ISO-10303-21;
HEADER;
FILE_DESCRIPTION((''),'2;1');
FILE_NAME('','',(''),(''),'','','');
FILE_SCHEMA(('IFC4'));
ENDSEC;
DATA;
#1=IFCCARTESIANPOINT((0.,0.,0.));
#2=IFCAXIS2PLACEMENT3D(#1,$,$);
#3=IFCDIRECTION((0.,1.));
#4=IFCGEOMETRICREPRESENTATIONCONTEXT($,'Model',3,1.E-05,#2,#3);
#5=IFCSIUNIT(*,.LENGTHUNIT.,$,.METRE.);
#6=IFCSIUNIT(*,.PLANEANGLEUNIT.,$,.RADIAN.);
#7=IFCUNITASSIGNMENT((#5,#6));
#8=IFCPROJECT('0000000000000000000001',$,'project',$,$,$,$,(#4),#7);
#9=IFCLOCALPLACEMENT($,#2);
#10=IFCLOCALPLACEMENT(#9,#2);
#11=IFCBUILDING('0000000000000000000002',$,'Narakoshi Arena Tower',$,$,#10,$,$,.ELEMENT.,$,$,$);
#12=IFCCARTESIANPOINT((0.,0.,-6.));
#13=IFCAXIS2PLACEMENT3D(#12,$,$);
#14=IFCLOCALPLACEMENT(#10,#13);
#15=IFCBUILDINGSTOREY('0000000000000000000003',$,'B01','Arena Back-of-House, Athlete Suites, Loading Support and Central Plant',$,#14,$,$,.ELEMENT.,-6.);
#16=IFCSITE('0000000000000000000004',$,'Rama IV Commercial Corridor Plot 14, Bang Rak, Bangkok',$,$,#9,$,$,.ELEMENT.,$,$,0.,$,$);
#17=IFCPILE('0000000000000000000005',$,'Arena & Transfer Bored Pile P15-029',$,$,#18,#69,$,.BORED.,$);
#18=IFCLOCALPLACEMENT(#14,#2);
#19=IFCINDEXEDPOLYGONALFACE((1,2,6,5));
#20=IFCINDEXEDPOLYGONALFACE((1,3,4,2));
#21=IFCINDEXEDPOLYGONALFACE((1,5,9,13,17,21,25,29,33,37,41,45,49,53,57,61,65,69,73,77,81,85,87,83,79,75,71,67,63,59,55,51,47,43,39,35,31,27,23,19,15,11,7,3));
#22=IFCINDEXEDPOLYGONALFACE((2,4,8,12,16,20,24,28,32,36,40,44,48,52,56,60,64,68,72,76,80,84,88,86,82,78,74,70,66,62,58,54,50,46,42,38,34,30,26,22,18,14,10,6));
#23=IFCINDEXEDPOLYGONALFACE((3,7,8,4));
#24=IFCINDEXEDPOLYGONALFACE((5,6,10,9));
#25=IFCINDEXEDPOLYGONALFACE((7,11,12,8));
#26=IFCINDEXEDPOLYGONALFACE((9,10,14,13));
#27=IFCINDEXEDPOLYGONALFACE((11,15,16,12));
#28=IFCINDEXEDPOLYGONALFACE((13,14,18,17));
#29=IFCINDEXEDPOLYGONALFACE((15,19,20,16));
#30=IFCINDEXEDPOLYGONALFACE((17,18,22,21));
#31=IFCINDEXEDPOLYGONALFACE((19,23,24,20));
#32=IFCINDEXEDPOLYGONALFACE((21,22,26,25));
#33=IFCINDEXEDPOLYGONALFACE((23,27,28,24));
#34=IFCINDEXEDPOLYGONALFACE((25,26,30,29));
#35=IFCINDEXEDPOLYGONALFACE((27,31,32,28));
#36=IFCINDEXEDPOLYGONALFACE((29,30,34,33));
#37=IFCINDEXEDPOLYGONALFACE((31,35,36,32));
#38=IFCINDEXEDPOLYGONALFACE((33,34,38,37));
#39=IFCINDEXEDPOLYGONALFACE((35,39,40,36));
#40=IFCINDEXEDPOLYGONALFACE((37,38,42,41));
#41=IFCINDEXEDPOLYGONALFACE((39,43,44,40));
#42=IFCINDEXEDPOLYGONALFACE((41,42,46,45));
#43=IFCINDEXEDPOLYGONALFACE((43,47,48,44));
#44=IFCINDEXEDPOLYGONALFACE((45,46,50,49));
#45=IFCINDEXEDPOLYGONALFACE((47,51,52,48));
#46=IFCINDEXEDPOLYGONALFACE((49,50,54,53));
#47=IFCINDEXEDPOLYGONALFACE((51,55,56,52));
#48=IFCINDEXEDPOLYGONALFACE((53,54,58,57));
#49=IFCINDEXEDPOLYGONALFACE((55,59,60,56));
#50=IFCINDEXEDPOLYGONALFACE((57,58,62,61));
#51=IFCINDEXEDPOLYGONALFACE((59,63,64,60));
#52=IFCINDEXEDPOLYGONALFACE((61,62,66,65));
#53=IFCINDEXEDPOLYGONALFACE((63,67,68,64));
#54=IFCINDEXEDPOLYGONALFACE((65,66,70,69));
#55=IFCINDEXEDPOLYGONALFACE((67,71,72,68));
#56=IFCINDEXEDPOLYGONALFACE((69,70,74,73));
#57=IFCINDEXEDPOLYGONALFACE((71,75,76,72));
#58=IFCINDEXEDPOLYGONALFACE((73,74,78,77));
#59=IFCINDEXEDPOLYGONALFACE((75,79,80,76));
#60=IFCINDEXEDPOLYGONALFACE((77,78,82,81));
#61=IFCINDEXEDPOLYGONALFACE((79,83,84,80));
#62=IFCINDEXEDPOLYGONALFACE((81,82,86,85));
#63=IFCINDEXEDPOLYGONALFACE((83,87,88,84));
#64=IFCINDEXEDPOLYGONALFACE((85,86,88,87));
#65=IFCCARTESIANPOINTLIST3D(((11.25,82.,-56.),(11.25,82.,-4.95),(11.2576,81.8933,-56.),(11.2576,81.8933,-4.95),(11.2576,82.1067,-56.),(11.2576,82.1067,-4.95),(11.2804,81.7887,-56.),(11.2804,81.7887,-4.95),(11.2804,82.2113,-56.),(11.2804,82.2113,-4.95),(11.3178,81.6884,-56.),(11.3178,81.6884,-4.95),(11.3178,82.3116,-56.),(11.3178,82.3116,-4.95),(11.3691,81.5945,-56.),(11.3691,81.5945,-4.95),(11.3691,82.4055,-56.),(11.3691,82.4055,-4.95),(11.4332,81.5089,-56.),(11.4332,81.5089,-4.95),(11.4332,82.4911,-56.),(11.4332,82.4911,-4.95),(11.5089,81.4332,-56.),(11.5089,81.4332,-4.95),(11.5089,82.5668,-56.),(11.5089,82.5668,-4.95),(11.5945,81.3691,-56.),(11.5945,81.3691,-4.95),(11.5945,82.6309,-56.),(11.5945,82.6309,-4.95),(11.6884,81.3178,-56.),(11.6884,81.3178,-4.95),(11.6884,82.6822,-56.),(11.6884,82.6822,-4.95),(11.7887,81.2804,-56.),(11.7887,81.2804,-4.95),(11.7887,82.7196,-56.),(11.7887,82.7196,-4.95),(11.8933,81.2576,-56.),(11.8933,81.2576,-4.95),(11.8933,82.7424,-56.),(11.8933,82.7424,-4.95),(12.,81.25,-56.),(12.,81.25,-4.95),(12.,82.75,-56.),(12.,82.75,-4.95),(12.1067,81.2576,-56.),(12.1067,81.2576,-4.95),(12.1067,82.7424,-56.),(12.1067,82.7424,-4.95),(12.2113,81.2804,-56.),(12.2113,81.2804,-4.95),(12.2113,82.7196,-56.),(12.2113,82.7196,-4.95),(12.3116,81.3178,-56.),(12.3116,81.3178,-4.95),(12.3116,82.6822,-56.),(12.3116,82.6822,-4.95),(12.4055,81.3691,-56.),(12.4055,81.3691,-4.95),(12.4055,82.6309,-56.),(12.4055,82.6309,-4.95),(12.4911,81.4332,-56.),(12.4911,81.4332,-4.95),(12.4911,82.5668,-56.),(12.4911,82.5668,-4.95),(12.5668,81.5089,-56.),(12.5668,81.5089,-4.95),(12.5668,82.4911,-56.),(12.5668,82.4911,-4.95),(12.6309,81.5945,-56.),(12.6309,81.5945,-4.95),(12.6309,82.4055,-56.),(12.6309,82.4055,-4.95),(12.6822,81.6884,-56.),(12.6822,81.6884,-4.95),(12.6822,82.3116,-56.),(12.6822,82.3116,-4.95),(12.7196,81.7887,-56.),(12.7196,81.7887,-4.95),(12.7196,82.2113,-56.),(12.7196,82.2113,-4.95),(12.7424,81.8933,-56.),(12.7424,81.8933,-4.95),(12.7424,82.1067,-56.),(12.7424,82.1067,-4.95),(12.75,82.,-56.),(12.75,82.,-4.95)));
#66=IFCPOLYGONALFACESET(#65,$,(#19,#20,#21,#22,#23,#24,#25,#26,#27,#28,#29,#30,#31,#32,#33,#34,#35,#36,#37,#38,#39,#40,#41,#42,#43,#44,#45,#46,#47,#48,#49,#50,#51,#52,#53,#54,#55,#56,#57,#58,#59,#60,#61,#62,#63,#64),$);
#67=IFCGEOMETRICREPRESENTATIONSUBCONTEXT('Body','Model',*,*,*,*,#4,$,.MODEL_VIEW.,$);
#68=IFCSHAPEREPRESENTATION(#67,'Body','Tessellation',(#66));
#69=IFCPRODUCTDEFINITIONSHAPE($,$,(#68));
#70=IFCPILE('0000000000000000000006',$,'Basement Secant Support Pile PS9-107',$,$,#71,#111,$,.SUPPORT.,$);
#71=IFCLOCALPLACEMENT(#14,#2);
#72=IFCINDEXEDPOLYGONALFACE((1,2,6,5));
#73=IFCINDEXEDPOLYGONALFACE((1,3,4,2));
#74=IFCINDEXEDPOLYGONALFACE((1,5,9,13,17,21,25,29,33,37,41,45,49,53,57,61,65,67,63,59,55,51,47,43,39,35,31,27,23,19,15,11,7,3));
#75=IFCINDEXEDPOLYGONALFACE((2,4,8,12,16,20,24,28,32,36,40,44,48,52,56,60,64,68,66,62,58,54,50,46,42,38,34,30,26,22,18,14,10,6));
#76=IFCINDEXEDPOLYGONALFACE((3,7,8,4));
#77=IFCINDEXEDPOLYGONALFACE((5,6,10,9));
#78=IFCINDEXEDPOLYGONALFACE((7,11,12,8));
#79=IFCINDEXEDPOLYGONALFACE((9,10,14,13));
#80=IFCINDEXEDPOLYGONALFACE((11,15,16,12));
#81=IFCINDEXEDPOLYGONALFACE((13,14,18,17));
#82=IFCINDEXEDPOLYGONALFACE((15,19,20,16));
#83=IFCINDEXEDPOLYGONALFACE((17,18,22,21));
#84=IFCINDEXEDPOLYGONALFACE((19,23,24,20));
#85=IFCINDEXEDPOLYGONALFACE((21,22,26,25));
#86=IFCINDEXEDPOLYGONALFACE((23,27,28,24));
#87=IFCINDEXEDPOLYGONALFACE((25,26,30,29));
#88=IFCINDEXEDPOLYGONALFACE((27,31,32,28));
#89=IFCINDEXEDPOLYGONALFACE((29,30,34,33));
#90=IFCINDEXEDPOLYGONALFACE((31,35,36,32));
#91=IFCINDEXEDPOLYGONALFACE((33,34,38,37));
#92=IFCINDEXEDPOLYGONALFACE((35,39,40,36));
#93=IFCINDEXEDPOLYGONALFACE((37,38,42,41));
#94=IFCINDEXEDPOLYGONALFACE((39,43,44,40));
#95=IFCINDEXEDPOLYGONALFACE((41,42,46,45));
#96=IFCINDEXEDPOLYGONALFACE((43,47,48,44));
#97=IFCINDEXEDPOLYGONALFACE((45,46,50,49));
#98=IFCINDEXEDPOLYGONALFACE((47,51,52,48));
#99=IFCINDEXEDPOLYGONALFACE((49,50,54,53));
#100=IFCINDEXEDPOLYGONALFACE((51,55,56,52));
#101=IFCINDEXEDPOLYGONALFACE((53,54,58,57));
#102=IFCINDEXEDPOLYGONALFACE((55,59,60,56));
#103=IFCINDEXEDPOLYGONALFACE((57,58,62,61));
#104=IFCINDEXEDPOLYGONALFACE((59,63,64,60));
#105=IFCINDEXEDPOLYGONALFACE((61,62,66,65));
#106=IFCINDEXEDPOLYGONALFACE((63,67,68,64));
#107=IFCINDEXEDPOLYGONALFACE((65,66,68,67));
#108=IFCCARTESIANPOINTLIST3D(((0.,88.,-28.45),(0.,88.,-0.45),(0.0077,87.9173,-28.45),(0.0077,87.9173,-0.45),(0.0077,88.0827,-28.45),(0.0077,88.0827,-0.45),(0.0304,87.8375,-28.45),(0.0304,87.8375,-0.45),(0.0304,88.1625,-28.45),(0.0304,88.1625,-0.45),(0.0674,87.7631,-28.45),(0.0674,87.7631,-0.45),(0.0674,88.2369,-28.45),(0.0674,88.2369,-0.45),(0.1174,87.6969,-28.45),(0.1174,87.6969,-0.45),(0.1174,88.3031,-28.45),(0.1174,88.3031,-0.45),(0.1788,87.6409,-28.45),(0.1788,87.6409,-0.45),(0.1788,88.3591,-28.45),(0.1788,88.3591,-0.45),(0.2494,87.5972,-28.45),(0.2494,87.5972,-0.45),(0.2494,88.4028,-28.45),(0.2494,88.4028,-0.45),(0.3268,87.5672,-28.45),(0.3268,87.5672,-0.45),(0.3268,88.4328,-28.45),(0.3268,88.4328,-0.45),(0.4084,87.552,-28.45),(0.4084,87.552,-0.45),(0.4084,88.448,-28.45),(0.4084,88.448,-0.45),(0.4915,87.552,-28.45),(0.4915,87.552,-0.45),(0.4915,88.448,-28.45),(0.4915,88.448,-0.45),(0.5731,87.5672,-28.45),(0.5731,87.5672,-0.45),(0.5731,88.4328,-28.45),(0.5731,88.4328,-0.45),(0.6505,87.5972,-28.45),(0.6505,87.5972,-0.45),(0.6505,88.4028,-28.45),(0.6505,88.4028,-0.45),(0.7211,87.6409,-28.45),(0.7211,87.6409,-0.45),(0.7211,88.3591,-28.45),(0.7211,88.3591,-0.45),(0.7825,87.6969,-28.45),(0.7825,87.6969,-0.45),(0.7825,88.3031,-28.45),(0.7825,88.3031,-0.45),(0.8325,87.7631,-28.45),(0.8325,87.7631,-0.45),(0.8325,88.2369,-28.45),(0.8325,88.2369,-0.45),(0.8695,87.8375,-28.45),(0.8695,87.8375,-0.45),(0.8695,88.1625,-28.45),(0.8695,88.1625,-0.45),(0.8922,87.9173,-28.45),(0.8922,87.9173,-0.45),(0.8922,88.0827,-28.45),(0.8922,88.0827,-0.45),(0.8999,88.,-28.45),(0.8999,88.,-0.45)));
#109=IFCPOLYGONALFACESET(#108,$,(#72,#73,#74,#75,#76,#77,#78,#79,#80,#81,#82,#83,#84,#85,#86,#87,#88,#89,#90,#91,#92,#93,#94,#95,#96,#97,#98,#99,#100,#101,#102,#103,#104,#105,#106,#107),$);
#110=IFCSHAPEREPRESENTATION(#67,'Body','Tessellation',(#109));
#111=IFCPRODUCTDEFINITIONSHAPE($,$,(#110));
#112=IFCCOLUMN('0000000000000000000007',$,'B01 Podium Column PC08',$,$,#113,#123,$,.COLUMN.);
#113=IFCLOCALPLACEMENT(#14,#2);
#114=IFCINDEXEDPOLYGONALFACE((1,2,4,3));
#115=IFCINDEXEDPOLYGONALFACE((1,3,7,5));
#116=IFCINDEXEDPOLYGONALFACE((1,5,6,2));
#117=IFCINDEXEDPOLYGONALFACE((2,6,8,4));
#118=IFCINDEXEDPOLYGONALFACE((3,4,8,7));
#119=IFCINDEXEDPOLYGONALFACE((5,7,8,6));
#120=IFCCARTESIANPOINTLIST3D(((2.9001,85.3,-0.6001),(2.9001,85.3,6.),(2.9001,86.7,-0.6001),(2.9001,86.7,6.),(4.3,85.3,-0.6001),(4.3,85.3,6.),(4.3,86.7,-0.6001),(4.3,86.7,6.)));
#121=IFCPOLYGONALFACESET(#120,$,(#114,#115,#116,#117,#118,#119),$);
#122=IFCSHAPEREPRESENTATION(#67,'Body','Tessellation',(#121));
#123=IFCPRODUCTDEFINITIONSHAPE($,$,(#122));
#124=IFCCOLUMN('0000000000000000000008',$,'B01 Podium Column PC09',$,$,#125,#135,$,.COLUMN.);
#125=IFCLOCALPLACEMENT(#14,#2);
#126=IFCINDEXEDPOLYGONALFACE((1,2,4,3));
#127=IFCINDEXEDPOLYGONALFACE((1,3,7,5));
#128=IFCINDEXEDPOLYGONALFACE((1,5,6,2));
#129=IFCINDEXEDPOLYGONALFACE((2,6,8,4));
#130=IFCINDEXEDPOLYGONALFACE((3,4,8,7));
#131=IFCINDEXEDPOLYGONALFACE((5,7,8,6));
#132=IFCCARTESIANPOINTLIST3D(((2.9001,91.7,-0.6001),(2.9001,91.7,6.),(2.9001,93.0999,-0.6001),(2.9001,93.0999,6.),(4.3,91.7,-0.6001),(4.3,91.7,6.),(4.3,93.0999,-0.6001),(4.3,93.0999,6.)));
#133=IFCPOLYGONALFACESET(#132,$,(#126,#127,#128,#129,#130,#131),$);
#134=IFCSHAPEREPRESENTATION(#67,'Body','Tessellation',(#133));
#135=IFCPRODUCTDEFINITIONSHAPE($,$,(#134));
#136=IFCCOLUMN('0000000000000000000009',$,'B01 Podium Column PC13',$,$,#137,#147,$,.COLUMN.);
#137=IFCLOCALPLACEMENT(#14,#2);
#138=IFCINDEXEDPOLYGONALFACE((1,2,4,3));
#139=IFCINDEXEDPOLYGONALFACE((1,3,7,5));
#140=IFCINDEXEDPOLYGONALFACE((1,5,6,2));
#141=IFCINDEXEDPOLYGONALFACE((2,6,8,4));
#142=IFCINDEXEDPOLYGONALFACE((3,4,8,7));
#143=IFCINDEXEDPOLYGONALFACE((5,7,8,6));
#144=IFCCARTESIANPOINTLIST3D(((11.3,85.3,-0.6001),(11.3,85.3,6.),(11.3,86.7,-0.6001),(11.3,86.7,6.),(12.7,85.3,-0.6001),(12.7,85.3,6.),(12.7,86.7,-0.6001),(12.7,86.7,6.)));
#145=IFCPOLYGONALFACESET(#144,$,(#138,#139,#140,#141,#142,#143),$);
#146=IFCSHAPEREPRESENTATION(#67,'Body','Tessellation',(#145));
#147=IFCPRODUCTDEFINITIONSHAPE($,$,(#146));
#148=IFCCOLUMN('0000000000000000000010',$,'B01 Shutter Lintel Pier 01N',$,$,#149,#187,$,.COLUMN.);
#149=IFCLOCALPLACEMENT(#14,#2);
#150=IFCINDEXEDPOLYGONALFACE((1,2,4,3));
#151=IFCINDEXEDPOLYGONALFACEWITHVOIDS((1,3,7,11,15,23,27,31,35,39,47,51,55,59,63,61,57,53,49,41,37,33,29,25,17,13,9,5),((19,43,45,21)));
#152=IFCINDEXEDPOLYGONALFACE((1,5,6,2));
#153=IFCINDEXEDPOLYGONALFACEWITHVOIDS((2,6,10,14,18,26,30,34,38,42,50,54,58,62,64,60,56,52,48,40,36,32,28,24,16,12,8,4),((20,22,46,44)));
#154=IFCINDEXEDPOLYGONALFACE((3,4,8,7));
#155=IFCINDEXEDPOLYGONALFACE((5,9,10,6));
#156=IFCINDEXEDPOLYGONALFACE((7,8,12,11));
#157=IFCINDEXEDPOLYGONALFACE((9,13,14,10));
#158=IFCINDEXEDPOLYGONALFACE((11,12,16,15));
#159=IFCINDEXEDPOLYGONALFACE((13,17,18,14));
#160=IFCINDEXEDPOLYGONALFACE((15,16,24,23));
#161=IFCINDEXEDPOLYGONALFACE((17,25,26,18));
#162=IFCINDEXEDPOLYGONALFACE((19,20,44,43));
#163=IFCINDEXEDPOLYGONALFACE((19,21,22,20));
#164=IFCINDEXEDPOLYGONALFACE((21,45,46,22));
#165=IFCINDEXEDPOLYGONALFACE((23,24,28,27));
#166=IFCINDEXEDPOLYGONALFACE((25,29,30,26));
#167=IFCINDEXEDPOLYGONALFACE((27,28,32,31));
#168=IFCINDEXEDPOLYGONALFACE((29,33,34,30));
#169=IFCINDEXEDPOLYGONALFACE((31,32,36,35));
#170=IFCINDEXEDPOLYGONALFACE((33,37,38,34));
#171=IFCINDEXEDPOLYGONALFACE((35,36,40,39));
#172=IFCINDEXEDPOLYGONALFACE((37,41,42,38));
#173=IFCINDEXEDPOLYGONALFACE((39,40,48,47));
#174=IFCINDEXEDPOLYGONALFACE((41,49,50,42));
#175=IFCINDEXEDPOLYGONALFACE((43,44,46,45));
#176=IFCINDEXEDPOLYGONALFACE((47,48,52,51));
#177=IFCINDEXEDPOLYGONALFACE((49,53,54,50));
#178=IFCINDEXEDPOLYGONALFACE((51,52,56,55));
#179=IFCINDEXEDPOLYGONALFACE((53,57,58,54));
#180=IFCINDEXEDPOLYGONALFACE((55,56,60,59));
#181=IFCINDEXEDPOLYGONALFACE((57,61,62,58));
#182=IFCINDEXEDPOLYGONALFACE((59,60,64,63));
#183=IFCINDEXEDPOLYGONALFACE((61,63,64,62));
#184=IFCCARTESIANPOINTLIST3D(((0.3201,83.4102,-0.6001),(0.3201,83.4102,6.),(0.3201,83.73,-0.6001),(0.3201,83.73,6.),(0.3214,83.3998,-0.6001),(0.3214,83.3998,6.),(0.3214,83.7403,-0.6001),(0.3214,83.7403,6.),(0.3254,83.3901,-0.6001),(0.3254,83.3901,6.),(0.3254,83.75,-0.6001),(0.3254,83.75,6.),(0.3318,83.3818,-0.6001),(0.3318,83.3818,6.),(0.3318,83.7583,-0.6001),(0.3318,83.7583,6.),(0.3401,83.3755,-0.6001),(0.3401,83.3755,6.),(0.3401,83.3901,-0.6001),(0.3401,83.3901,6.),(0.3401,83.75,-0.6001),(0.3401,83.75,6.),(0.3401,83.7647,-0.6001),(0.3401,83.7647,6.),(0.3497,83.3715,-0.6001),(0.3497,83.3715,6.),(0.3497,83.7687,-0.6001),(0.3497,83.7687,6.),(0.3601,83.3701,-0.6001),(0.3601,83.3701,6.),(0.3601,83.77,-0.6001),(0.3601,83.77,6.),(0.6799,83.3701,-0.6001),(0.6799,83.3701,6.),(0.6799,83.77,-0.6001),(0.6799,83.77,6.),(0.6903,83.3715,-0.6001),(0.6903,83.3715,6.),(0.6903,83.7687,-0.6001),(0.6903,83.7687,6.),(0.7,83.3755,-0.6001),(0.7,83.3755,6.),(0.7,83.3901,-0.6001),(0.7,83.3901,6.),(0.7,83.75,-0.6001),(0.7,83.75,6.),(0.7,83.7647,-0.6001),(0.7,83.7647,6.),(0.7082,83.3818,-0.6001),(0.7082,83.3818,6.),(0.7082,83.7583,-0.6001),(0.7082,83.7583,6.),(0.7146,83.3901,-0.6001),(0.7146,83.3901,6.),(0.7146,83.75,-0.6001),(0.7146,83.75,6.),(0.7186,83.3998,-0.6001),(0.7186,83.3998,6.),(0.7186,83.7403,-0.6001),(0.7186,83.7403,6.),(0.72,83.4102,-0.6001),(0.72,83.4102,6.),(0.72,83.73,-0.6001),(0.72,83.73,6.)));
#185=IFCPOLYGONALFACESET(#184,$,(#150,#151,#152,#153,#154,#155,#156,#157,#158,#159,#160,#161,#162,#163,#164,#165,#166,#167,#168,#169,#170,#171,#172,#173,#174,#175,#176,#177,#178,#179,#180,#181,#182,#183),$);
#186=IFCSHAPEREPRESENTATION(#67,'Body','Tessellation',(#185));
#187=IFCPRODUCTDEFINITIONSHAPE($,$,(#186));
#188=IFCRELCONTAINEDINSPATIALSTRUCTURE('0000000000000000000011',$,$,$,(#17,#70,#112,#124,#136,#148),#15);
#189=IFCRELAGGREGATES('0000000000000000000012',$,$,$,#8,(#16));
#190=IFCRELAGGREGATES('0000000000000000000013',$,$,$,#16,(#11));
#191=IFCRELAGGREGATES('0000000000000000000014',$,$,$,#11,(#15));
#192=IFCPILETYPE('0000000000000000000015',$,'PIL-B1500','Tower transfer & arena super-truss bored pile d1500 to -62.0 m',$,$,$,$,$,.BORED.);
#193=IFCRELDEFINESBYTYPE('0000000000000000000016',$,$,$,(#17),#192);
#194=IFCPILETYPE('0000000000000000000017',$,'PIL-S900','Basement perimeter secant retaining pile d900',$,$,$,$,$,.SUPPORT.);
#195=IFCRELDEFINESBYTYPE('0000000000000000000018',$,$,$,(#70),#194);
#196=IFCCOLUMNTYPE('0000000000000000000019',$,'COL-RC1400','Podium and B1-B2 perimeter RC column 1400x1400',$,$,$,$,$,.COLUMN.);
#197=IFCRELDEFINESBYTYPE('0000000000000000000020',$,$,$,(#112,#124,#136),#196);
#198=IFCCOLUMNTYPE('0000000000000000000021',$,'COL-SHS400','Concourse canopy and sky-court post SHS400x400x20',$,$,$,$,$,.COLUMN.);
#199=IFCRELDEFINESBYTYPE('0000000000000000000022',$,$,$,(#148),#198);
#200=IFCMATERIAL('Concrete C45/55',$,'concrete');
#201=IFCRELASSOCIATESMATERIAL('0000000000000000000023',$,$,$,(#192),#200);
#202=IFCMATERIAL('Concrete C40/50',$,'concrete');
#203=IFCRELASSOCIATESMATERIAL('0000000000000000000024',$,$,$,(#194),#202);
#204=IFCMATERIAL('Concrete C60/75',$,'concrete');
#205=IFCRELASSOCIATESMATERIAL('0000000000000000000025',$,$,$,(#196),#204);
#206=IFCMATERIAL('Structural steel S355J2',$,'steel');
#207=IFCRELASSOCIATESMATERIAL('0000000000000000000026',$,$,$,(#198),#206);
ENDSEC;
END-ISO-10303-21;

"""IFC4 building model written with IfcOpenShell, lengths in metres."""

from ifc_helpers import new_model, si_unit, direction, frame, origin, origin_2d, place, context, subcontext, project, spatial, rectangle, hollow_rectangle, circle, extrude, material, material_profile, profile_set, type_object, element, save


model = new_model("IFC4")

# Units and contexts
model_context = context("Model", 3, precision=1e-05, world=origin(), true_north=direction((0.0, 1.0)))
body_context = subcontext(model_context, "Body", "Model", "MODEL_VIEW")
ifc_project = project(units=[si_unit("LENGTHUNIT", "METRE"), si_unit("PLANEANGLEUNIT", "RADIAN")], contexts=[model_context])

# Site, building, storey
site_placement = place(None, origin())
site = spatial("IfcSite", under=ifc_project, at=site_placement, Name="Rama IV Commercial Corridor Plot 14, Bang Rak, Bangkok", CompositionType="ELEMENT", RefElevation=0.0)
building_placement = place(site_placement, origin())
building = spatial("IfcBuilding", under=site, at=building_placement, Name="Narakoshi Arena Tower", CompositionType="ELEMENT")
storey_placement = place(building_placement, frame((0.0, 0.0, -6.0)))
storey = spatial("IfcBuildingStorey", under=building, at=storey_placement, Name="B01", Description="Arena Back-of-House, Athlete Suites, Loading Support and Central Plant", CompositionType="ELEMENT", Elevation=-6.0)

# Piles
ifc_material_1 = material(Name="Concrete C45/55", Category="concrete")
ifc_material_profile_1 = material_profile(ifc_material_1, circle(Radius=0.75, at=origin_2d()), Name="PILE-D1500")
ifc_profile_set_1 = profile_set([ifc_material_profile_1], Name="Concrete C45/55")
pile_type_1 = type_object("IfcPileType", Name="PIL-B1500", Description="Tower transfer & arena super-truss bored pile d1500 to -62.0 m", PredefinedType="BORED", material=ifc_profile_set_1)
pile_1_placement = place(storey_placement, frame((12.0, 82.0, -4.95), z_axis=(0.0, 0.0, -1.0), x_axis=(1.0, 0.0, 0.0)))
element("IfcPile", 1, at=pile_1_placement, inside=storey, type_object=pile_type_1, Name="Arena & Transfer Bored Pile P15-029", PredefinedType="BORED", context=body_context, shape_type="SweptSolid", body=[
    extrude(circle(Radius=0.75, at=origin_2d()), origin(), (0.0, 0.0, 1.0), 51.05),
])
ifc_material_2 = material(Name="Concrete C40/50", Category="concrete")
ifc_material_profile_2 = material_profile(ifc_material_2, circle(Radius=0.45, at=origin_2d()), Name="PILE-D900")
ifc_profile_set_2 = profile_set([ifc_material_profile_2], Name="Concrete C40/50")
pile_type_2 = type_object("IfcPileType", Name="PIL-S900", Description="Basement perimeter secant retaining pile d900", PredefinedType="SUPPORT", material=ifc_profile_set_2)
pile_2_placement = place(storey_placement, frame((0.45, 88.0, -0.45), z_axis=(0.0, 0.0, -1.0), x_axis=(1.0, 0.0, 0.0)))
element("IfcPile", 2, at=pile_2_placement, inside=storey, type_object=pile_type_2, Name="Basement Secant Support Pile PS9-107", PredefinedType="SUPPORT", context=body_context, shape_type="SweptSolid", body=[
    extrude(circle(Radius=0.45, at=origin_2d()), origin(), (0.0, 0.0, 1.0), 28.0),
])

# Columns
ifc_material_3 = material(Name="Concrete C60/75", Category="concrete")
ifc_material_profile_3 = material_profile(ifc_material_3, rectangle(XDim=1.3999, YDim=1.3999, at=origin_2d()), Name="RC1400x1400")
ifc_profile_set_3 = profile_set([ifc_material_profile_3], Name="Concrete C60/75")
column_type_1 = type_object("IfcColumnType", Name="COL-RC1400", Description="Podium and B1-B2 perimeter RC column 1400x1400", PredefinedType="COLUMN", material=ifc_profile_set_3)
for number, where, z_axis, x_axis, name in (
    (3, (3.6001, 86.0, -0.6001), (0.0, 0.0, 1.0), (1.0, 0.0, 0.0), "B01 Podium Column PC08"),
    (4, (3.6001, 92.3999, -0.6001), (0.0, 0.0, 1.0), (1.0, 0.0, 0.0), "B01 Podium Column PC09"),
    (5, (12.0, 86.0, -0.6001), (0.0, 0.0, 1.0), (1.0, 0.0, 0.0), "B01 Podium Column PC13"),
):
    element("IfcColumn", number, at=place(storey_placement, frame(where, z_axis=z_axis, x_axis=x_axis)), inside=storey, type_object=column_type_1, Name=name, PredefinedType="COLUMN", context=body_context, shape_type="SweptSolid", body=[
        extrude(rectangle(XDim=1.3999, YDim=1.3999, at=origin_2d()), origin(), (0.0, 0.0, 1.0), 6.6001),
    ])
ifc_material_4 = material(Name="Structural steel S355J2", Category="steel")
ifc_material_profile_4 = material_profile(ifc_material_4, hollow_rectangle(XDim=0.3999, YDim=0.3999, WallThickness=0.02, OuterFilletRadius=0.04, at=origin_2d()), Name="SHS400x400x20")
ifc_profile_set_4 = profile_set([ifc_material_profile_4], Name="Structural steel S355J2")
column_type_2 = type_object("IfcColumnType", Name="COL-SHS400", Description="Concourse canopy and sky-court post SHS400x400x20", PredefinedType="COLUMN", material=ifc_profile_set_4)
column_placement = place(storey_placement, frame((0.52, 83.5701, -0.6001), z_axis=(0.0, 0.0, 1.0), x_axis=(1.0, 0.0, 0.0)))
element("IfcColumn", 6, at=column_placement, inside=storey, type_object=column_type_2, Name="B01 Shutter Lintel Pier 01N", PredefinedType="COLUMN", context=body_context, shape_type="SweptSolid", body=[
    extrude(hollow_rectangle(XDim=0.3999, YDim=0.3999, WallThickness=0.02, OuterFilletRadius=0.04, at=origin_2d()), origin(), (0.0, 0.0, 1.0), 6.6001),
])

save(model, "model.ifc")
